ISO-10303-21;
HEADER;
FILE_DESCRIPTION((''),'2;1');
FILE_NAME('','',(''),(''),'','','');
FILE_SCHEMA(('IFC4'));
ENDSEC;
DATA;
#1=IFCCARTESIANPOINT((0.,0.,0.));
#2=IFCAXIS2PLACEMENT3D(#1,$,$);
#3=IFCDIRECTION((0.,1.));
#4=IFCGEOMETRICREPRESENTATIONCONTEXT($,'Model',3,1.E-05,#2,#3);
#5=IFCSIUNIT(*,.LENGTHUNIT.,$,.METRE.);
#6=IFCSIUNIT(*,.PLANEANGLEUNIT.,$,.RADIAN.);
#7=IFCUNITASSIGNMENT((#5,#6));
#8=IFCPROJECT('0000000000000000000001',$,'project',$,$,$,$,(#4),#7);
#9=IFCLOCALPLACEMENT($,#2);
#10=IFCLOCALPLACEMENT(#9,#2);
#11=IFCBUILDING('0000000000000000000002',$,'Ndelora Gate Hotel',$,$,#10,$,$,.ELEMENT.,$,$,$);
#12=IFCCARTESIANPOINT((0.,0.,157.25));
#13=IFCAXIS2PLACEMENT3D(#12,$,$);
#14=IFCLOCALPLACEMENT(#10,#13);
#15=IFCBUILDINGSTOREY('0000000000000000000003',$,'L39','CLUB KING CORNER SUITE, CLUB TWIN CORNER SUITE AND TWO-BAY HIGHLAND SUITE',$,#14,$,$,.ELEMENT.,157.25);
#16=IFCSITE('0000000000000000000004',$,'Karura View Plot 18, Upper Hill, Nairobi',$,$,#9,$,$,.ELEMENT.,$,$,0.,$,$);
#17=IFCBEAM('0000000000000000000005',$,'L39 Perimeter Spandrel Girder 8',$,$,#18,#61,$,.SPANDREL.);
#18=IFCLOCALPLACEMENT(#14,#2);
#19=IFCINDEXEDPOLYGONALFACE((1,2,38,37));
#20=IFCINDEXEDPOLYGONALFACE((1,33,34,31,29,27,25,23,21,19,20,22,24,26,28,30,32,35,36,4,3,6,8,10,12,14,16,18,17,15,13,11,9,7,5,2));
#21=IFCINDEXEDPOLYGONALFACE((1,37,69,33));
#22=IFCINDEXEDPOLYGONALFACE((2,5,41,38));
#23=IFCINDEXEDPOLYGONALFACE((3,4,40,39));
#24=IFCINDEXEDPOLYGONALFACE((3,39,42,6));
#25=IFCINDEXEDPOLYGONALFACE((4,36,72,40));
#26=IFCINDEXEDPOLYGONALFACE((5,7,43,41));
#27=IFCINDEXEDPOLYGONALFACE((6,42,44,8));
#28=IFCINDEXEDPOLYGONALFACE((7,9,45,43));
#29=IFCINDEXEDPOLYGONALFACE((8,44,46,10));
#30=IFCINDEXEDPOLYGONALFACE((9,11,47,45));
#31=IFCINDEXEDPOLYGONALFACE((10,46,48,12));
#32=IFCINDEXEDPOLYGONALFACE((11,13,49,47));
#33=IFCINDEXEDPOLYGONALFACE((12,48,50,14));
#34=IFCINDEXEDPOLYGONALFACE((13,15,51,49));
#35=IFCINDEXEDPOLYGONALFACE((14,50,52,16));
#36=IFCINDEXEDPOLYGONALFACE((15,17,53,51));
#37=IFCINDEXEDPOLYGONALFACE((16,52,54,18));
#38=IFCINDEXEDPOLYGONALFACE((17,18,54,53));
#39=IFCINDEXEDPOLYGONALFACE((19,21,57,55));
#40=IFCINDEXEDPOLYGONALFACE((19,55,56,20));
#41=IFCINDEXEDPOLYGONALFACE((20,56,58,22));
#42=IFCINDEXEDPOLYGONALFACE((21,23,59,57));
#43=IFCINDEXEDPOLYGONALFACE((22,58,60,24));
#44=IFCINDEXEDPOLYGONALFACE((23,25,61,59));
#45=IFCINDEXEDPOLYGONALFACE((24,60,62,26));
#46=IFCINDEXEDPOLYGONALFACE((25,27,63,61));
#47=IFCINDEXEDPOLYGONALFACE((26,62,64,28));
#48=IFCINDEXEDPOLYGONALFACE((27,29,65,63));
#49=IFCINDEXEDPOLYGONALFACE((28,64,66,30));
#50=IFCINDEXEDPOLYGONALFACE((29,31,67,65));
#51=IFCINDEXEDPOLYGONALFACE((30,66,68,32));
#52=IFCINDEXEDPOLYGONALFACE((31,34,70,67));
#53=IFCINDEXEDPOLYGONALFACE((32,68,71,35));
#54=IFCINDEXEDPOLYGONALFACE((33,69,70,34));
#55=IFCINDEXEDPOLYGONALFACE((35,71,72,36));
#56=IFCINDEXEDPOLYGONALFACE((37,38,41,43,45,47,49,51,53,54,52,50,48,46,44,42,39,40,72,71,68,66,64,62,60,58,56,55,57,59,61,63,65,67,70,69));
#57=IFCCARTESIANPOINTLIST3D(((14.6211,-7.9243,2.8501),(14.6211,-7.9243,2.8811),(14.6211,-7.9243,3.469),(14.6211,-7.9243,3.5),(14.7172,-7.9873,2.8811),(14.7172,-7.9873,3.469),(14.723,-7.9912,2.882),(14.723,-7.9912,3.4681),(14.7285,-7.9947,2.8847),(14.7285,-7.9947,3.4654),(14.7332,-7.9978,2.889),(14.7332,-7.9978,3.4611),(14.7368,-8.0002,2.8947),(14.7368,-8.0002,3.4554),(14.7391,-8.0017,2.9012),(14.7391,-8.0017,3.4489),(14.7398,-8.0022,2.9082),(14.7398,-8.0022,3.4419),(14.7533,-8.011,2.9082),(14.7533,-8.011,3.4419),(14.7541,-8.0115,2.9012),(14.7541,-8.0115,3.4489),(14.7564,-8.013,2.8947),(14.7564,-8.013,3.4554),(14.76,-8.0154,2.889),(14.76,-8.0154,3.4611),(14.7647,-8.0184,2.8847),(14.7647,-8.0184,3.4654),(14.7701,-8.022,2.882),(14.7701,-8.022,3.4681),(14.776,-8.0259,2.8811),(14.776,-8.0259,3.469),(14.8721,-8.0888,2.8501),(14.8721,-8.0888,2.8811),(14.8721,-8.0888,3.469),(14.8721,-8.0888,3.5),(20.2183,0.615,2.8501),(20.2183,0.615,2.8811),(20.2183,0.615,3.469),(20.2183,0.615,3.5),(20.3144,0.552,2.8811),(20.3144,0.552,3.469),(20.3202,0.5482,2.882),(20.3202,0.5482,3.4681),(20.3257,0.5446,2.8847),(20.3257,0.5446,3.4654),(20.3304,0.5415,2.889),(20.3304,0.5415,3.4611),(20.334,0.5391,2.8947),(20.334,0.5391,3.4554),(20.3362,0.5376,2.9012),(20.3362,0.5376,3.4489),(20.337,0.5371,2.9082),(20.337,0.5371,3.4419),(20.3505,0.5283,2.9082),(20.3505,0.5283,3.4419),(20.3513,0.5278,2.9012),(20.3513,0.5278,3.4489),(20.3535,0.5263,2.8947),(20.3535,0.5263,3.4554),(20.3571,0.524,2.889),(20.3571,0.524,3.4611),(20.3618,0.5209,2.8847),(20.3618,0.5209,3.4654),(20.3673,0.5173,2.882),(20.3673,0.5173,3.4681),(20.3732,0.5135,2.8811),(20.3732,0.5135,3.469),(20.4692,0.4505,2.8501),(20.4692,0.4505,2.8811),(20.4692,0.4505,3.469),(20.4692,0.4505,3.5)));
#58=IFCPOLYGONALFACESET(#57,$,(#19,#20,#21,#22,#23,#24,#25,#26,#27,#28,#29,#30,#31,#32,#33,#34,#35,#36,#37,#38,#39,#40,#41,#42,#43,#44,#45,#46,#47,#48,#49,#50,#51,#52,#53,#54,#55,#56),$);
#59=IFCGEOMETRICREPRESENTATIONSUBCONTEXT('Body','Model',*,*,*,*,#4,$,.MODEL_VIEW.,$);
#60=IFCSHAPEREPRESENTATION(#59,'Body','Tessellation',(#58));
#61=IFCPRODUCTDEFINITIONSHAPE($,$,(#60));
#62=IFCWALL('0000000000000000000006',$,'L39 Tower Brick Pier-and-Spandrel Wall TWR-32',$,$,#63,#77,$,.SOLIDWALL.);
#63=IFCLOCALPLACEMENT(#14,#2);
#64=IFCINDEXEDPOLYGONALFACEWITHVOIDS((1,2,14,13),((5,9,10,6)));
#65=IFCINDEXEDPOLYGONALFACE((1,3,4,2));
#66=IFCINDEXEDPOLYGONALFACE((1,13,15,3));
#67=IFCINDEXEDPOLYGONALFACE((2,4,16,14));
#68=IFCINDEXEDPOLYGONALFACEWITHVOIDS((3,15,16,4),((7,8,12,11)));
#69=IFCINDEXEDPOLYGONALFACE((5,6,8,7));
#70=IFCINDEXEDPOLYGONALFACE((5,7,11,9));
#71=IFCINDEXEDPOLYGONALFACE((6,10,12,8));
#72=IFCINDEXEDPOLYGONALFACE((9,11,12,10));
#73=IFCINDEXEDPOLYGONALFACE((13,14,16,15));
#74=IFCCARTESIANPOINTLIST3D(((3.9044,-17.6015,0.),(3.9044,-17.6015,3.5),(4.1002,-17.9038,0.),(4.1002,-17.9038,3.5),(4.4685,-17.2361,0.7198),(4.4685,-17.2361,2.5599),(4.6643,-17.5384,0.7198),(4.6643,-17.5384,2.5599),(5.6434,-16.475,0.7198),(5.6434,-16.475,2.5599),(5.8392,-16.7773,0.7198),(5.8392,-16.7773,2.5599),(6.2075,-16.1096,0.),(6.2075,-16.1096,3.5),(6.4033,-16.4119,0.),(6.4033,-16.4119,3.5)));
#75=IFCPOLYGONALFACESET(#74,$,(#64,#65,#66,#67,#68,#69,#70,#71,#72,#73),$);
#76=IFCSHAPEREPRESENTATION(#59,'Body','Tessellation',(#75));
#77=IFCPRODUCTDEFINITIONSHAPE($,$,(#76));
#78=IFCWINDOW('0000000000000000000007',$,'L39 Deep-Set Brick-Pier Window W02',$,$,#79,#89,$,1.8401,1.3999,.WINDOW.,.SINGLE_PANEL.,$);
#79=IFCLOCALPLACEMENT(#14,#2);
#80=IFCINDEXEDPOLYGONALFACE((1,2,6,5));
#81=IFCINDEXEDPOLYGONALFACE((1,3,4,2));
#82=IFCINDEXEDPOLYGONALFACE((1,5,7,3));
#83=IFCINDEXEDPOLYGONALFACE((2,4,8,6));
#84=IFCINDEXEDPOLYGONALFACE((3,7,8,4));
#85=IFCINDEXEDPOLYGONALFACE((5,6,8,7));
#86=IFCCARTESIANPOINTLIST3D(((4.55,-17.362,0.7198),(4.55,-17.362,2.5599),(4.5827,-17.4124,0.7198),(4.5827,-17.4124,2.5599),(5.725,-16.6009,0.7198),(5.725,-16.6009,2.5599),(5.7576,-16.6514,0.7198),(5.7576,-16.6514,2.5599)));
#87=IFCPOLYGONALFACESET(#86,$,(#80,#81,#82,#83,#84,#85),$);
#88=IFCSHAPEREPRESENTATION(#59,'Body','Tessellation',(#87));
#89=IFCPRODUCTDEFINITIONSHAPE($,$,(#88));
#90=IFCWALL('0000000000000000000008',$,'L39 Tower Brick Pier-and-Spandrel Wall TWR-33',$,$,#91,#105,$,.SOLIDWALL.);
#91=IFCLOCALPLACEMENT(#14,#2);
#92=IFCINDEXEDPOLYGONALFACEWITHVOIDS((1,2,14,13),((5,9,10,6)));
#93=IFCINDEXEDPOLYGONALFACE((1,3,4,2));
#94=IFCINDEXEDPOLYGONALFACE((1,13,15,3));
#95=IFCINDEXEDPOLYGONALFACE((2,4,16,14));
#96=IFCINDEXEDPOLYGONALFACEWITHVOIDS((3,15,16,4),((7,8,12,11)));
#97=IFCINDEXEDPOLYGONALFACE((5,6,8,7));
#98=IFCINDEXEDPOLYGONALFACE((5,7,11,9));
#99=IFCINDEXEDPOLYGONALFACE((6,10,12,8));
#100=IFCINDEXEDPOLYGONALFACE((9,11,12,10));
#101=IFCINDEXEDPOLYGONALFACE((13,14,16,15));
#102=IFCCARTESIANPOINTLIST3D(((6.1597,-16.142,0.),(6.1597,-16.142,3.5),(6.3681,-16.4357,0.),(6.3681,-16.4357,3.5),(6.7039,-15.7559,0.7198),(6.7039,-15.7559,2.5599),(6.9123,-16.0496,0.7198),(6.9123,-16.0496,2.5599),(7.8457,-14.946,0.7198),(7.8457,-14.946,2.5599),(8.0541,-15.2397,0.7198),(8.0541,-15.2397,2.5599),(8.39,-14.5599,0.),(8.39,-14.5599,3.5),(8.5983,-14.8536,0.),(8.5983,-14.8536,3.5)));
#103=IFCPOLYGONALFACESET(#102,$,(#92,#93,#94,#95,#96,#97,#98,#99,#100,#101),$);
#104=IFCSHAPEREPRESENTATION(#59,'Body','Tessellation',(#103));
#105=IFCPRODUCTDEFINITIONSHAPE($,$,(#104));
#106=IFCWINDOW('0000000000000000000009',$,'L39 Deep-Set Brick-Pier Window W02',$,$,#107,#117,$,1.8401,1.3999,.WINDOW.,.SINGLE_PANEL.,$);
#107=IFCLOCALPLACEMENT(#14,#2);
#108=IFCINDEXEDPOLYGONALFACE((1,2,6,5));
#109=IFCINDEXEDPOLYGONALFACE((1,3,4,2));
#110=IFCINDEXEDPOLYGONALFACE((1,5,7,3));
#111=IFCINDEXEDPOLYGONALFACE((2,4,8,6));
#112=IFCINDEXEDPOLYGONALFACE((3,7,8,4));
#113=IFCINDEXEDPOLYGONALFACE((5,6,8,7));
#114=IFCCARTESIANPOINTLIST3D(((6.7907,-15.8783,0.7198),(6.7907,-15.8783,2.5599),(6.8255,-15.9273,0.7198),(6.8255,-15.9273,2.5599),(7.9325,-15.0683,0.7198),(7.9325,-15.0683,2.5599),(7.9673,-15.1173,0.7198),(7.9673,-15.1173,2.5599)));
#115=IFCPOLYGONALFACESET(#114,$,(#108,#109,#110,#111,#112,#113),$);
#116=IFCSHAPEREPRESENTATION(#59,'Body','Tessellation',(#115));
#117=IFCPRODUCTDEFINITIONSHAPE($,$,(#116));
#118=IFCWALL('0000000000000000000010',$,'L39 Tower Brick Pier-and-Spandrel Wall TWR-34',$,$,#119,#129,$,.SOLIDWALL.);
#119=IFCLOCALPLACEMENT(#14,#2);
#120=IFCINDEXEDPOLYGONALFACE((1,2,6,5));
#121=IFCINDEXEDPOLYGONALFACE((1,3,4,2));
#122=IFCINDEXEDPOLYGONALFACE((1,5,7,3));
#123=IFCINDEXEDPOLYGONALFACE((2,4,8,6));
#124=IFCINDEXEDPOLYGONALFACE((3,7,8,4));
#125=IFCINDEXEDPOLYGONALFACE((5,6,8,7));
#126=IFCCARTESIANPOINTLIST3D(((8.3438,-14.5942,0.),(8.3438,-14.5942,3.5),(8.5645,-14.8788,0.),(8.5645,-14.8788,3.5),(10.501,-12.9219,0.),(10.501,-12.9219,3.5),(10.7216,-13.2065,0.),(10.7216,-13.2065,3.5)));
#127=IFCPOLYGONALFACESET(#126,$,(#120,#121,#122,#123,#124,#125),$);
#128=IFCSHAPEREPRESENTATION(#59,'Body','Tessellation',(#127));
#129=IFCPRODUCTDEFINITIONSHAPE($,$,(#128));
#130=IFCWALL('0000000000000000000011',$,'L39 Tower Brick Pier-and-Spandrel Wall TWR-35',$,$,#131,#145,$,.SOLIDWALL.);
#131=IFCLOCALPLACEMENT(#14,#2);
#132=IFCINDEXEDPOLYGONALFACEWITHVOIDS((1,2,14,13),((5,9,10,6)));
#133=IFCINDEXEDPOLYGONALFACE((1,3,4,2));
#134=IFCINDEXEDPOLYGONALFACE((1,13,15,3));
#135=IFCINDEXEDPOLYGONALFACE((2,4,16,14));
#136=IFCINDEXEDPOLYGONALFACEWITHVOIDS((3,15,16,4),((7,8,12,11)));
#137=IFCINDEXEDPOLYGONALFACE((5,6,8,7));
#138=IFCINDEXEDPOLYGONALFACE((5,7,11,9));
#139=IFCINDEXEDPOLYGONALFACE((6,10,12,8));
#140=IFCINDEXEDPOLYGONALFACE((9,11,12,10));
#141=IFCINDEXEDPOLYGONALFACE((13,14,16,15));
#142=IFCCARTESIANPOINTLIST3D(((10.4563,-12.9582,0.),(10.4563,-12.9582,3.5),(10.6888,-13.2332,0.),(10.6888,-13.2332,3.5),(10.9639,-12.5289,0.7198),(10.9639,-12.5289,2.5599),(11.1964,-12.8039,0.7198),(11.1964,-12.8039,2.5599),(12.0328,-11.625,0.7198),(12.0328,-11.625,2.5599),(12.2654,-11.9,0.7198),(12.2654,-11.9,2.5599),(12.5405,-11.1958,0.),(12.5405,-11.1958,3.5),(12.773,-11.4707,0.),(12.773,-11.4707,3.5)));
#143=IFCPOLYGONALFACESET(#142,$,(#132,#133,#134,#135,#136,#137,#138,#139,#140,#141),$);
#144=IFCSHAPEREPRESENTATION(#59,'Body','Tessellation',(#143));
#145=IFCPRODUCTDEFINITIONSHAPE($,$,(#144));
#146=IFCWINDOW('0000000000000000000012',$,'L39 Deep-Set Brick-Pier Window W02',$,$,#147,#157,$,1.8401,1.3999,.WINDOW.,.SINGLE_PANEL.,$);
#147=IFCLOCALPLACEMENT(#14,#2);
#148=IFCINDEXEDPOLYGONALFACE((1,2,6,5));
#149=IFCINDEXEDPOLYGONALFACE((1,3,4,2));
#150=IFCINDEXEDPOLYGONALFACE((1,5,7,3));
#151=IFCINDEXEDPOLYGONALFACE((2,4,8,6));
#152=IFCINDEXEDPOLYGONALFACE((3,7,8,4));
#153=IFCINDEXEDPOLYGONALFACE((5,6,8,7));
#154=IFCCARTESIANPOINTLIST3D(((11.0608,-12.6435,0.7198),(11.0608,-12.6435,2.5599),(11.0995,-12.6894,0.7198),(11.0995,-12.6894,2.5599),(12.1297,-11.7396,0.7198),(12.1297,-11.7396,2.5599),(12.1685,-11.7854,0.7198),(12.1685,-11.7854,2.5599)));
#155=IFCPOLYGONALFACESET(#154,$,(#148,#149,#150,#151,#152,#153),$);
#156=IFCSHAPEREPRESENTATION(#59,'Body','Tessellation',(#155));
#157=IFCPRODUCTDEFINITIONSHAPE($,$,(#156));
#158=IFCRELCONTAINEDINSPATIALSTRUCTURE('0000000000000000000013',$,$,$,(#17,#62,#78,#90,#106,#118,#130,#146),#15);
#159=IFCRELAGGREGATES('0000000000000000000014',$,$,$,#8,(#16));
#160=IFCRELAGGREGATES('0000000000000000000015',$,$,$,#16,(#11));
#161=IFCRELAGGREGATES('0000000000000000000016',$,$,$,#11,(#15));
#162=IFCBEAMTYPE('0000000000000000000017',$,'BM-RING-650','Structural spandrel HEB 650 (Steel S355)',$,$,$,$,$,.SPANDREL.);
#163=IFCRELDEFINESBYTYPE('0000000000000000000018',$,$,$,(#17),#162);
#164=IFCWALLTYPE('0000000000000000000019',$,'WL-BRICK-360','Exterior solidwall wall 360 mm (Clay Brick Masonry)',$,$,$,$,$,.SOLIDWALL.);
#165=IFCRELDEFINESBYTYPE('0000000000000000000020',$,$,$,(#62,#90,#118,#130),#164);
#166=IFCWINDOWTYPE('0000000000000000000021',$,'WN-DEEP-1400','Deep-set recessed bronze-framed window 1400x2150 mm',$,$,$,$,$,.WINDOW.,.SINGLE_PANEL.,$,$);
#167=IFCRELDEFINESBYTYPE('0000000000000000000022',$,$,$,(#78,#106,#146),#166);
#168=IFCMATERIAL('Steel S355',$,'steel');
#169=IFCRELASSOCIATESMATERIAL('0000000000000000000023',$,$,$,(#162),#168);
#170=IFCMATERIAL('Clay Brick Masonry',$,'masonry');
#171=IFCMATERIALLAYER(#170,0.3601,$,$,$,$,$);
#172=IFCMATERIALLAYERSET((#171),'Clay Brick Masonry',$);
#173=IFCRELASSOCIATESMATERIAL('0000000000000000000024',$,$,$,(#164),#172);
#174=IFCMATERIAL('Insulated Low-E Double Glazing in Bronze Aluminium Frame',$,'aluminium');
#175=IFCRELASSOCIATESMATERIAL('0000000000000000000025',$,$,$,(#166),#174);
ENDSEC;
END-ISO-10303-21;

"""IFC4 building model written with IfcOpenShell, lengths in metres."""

from ifc_helpers import new_model, si_unit, direction, frame, frame_2d, origin, origin_2d, place, context, subcontext, project, spatial, rectangle, i_section, extrude, material, layer, layer_set, material_profile, profile_set, type_object, element, fill, save


model = new_model("IFC4")

# Units and contexts
model_context = context("Model", 3, precision=1e-05, world=origin(), true_north=direction((0.0, 1.0)))
body_context = subcontext(model_context, "Body", "Model", "MODEL_VIEW")
ifc_project = project(units=[si_unit("LENGTHUNIT", "METRE"), si_unit("PLANEANGLEUNIT", "RADIAN")], contexts=[model_context])

# Site, building, storey
site_placement = place(None, origin())
site = spatial("IfcSite", under=ifc_project, at=site_placement, Name="Karura View Plot 18, Upper Hill, Nairobi", CompositionType="ELEMENT", RefElevation=0.0)
building_placement = place(site_placement, origin())
building = spatial("IfcBuilding", under=site, at=building_placement, Name="Ndelora Gate Hotel", CompositionType="ELEMENT")
storey_placement = place(building_placement, frame((0.0, 0.0, 157.25)))
storey = spatial("IfcBuildingStorey", under=building, at=storey_placement, Name="L39", Description="CLUB KING CORNER SUITE, CLUB TWIN CORNER SUITE AND TWO-BAY HIGHLAND SUITE", CompositionType="ELEMENT", Elevation=157.25)

# Beam
ifc_material_1 = material(Name="Steel S355", Category="steel")
ifc_material_profile_1 = material_profile(ifc_material_1, i_section(OverallWidth=0.3, OverallDepth=0.6499, WebThickness=0.0161, FlangeThickness=0.031, FilletRadius=0.0271, at=origin_2d()), Name="HEB 650")
ifc_profile_set_1 = profile_set([ifc_material_profile_1], Name="Steel S355")
beam_type_1 = type_object("IfcBeamType", Name="BM-RING-650", Description="Structural spandrel HEB 650 (Steel S355)", PredefinedType="SPANDREL", material=ifc_profile_set_1)
beam_1_placement = place(storey_placement, frame((14.7466, -8.0066, 3.175), z_axis=(0.548194, 0.836351, 0.0), x_axis=(-0.836351, 0.548194, 0.0)))
element("IfcBeam", 1, at=beam_1_placement, inside=storey, type_object=beam_type_1, Name="L39 Perimeter Spandrel Girder 8", PredefinedType="SPANDREL", context=body_context, shape_type="SweptSolid", body=[
    extrude(i_section(OverallWidth=0.3, OverallDepth=0.6499, WebThickness=0.0161, FlangeThickness=0.031, FilletRadius=0.0271, at=origin_2d()), origin(), (0.0, 0.0, 1.0), 10.2102),
])

# Walls, openings, windows
ifc_material_2 = material(Name="Clay Brick Masonry", Category="masonry")
ifc_layer_1 = layer(ifc_material_2, 0.3601)
ifc_layer_set_1 = layer_set([ifc_layer_1], Name="Clay Brick Masonry")
wall_type_1 = type_object("IfcWallType", Name="WL-BRICK-360", Description="Exterior solidwall wall 360 mm (Clay Brick Masonry)", PredefinedType="SOLIDWALL", material=ifc_layer_set_1)
wall_1_placement = place(storey_placement, frame((6.3054, -16.2607, 0.0), z_axis=(0.0, 0.0, 1.0), x_axis=(-0.8393, -0.543668, 0.0)))
wall_1 = element("IfcWall", 2, at=wall_1_placement, inside=storey, type_object=wall_type_1, Name="L39 Tower Brick Pier-and-Spandrel Wall TWR-32", PredefinedType="SOLIDWALL", context=body_context, shape_type="SweptSolid", body=[
    extrude(rectangle(XDim=2.7441, YDim=0.3601, at=frame_2d((1.3721, 0.0))), origin(), (0.0, 0.0, 1.0), 3.5),
])
opening_1_placement = place(wall_1_placement, frame((0.6721, 0.0, 0.72)))
opening_1 = element("IfcOpeningElement", 3, at=opening_1_placement, cuts=wall_1, PredefinedType="OPENING", context=body_context, shape_type="SweptSolid", body=[
    extrude(rectangle(XDim=1.3999, YDim=1.8401, at=frame_2d((0.7, 0.9199))), frame((0.0, 0.1899, 0.0), z_axis=(0.0, -1.0, 0.0), x_axis=(1.0, 0.0, 0.0)), (0.0, 0.0, 1.0), 0.3801),
])
ifc_material_3 = material(Name="Insulated Low-E Double Glazing in Bronze Aluminium Frame", Category="aluminium")
window_type = type_object("IfcWindowType", Name="WN-DEEP-1400", Description="Deep-set recessed bronze-framed window 1400x2150 mm", PartitioningType="SINGLE_PANEL", PredefinedType="WINDOW", material=ifc_material_3)
window_1_placement = place(opening_1_placement, origin())
window_1 = element("IfcWindow", 4, at=window_1_placement, inside=storey, type_object=window_type, Name="L39 Deep-Set Brick-Pier Window W02", OverallHeight=1.8401, OverallWidth=1.3999, PartitioningType="SINGLE_PANEL", PredefinedType="WINDOW", context=body_context, shape_type="SweptSolid", body=[
    extrude(rectangle(XDim=1.3999, YDim=1.8401, at=frame_2d((0.7, 0.9199))), frame((0.0, 0.03, 0.0), z_axis=(0.0, -1.0, 0.0), x_axis=(1.0, 0.0, 0.0)), (0.0, 0.0, 1.0), 0.0601),
])
fill(opening_1, window_1)
wall_2_placement = place(storey_placement, frame((8.4941, -14.7068, 0.0), z_axis=(0.0, 0.0, 1.0), x_axis=(-0.815629, -0.578575, 0.0)))
wall_2 = element("IfcWall", 5, at=wall_2_placement, inside=storey, type_object=wall_type_1, Name="L39 Tower Brick Pier-and-Spandrel Wall TWR-33", PredefinedType="SOLIDWALL", context=body_context, shape_type="SweptSolid", body=[
    extrude(rectangle(XDim=2.7344, YDim=0.3601, at=frame_2d((1.3672, 0.0))), origin(), (0.0, 0.0, 1.0), 3.5),
])
opening_2_placement = place(wall_2_placement, frame((0.6672, 0.0, 0.72)))
opening_2 = element("IfcOpeningElement", 6, at=opening_2_placement, cuts=wall_2, PredefinedType="OPENING", context=body_context, shape_type="SweptSolid", body=[
    extrude(rectangle(XDim=1.3999, YDim=1.8401, at=frame_2d((0.7, 0.9199))), frame((0.0, 0.1899, 0.0), z_axis=(0.0, -1.0, 0.0), x_axis=(1.0, 0.0, 0.0)), (0.0, 0.0, 1.0), 0.3801),
])
window_2_placement = place(opening_2_placement, origin())
window_2 = element("IfcWindow", 7, at=window_2_placement, inside=storey, type_object=window_type, Name="L39 Deep-Set Brick-Pier Window W02", OverallHeight=1.8401, OverallWidth=1.3999, PartitioningType="SINGLE_PANEL", PredefinedType="WINDOW", context=body_context, shape_type="SweptSolid", body=[
    extrude(rectangle(XDim=1.3999, YDim=1.8401, at=frame_2d((0.7, 0.9199))), frame((0.0, 0.03, 0.0), z_axis=(0.0, -1.0, 0.0), x_axis=(1.0, 0.0, 0.0)), (0.0, 0.0, 1.0), 0.0601),
])
fill(opening_2, window_2)

# Wall
wall_3_placement = place(storey_placement, frame((10.6113, -13.0642, 0.0), z_axis=(0.0, 0.0, 1.0), x_axis=(-0.790324, -0.612689, 0.0)))
element("IfcWall", 8, at=wall_3_placement, inside=storey, type_object=wall_type_1, Name="L39 Tower Brick Pier-and-Spandrel Wall TWR-34", PredefinedType="SOLIDWALL", context=body_context, shape_type="SweptSolid", body=[
    extrude(rectangle(XDim=2.7295, YDim=0.3601, at=frame_2d((1.3647, 0.0))), origin(), (0.0, 0.0, 1.0), 3.5),
])

# Wall, opening, window
wall_4_placement = place(storey_placement, frame((12.6567, -11.3333, 0.0), z_axis=(0.0, 0.0, 1.0), x_axis=(-0.76359, -0.645702, 0.0)))
wall_4 = element("IfcWall", 9, at=wall_4_placement, inside=storey, type_object=wall_type_1, Name="L39 Tower Brick Pier-and-Spandrel Wall TWR-35", PredefinedType="SOLIDWALL", context=body_context, shape_type="SweptSolid", body=[
    extrude(rectangle(XDim=2.7295, YDim=0.3601, at=frame_2d((1.3647, 0.0))), origin(), (0.0, 0.0, 1.0), 3.5),
])
opening_3_placement = place(wall_4_placement, frame((0.6648, 0.0, 0.72)))
opening_3 = element("IfcOpeningElement", 10, at=opening_3_placement, cuts=wall_4, PredefinedType="OPENING", context=body_context, shape_type="SweptSolid", body=[
    extrude(rectangle(XDim=1.3999, YDim=1.8401, at=frame_2d((0.7, 0.9199))), frame((0.0, 0.1899, 0.0), z_axis=(0.0, -1.0, 0.0), x_axis=(1.0, 0.0, 0.0)), (0.0, 0.0, 1.0), 0.3801),
])
window_3_placement = place(opening_3_placement, origin())
window_3 = element("IfcWindow", 11, at=window_3_placement, inside=storey, type_object=window_type, Name="L39 Deep-Set Brick-Pier Window W02", OverallHeight=1.8401, OverallWidth=1.3999, PartitioningType="SINGLE_PANEL", PredefinedType="WINDOW", context=body_context, shape_type="SweptSolid", body=[
    extrude(rectangle(XDim=1.3999, YDim=1.8401, at=frame_2d((0.7, 0.9199))), frame((0.0, 0.03, 0.0), z_axis=(0.0, -1.0, 0.0), x_axis=(1.0, 0.0, 0.0)), (0.0, 0.0, 1.0), 0.0601),
])
fill(opening_3, window_3)

save(model, "model.ifc")
